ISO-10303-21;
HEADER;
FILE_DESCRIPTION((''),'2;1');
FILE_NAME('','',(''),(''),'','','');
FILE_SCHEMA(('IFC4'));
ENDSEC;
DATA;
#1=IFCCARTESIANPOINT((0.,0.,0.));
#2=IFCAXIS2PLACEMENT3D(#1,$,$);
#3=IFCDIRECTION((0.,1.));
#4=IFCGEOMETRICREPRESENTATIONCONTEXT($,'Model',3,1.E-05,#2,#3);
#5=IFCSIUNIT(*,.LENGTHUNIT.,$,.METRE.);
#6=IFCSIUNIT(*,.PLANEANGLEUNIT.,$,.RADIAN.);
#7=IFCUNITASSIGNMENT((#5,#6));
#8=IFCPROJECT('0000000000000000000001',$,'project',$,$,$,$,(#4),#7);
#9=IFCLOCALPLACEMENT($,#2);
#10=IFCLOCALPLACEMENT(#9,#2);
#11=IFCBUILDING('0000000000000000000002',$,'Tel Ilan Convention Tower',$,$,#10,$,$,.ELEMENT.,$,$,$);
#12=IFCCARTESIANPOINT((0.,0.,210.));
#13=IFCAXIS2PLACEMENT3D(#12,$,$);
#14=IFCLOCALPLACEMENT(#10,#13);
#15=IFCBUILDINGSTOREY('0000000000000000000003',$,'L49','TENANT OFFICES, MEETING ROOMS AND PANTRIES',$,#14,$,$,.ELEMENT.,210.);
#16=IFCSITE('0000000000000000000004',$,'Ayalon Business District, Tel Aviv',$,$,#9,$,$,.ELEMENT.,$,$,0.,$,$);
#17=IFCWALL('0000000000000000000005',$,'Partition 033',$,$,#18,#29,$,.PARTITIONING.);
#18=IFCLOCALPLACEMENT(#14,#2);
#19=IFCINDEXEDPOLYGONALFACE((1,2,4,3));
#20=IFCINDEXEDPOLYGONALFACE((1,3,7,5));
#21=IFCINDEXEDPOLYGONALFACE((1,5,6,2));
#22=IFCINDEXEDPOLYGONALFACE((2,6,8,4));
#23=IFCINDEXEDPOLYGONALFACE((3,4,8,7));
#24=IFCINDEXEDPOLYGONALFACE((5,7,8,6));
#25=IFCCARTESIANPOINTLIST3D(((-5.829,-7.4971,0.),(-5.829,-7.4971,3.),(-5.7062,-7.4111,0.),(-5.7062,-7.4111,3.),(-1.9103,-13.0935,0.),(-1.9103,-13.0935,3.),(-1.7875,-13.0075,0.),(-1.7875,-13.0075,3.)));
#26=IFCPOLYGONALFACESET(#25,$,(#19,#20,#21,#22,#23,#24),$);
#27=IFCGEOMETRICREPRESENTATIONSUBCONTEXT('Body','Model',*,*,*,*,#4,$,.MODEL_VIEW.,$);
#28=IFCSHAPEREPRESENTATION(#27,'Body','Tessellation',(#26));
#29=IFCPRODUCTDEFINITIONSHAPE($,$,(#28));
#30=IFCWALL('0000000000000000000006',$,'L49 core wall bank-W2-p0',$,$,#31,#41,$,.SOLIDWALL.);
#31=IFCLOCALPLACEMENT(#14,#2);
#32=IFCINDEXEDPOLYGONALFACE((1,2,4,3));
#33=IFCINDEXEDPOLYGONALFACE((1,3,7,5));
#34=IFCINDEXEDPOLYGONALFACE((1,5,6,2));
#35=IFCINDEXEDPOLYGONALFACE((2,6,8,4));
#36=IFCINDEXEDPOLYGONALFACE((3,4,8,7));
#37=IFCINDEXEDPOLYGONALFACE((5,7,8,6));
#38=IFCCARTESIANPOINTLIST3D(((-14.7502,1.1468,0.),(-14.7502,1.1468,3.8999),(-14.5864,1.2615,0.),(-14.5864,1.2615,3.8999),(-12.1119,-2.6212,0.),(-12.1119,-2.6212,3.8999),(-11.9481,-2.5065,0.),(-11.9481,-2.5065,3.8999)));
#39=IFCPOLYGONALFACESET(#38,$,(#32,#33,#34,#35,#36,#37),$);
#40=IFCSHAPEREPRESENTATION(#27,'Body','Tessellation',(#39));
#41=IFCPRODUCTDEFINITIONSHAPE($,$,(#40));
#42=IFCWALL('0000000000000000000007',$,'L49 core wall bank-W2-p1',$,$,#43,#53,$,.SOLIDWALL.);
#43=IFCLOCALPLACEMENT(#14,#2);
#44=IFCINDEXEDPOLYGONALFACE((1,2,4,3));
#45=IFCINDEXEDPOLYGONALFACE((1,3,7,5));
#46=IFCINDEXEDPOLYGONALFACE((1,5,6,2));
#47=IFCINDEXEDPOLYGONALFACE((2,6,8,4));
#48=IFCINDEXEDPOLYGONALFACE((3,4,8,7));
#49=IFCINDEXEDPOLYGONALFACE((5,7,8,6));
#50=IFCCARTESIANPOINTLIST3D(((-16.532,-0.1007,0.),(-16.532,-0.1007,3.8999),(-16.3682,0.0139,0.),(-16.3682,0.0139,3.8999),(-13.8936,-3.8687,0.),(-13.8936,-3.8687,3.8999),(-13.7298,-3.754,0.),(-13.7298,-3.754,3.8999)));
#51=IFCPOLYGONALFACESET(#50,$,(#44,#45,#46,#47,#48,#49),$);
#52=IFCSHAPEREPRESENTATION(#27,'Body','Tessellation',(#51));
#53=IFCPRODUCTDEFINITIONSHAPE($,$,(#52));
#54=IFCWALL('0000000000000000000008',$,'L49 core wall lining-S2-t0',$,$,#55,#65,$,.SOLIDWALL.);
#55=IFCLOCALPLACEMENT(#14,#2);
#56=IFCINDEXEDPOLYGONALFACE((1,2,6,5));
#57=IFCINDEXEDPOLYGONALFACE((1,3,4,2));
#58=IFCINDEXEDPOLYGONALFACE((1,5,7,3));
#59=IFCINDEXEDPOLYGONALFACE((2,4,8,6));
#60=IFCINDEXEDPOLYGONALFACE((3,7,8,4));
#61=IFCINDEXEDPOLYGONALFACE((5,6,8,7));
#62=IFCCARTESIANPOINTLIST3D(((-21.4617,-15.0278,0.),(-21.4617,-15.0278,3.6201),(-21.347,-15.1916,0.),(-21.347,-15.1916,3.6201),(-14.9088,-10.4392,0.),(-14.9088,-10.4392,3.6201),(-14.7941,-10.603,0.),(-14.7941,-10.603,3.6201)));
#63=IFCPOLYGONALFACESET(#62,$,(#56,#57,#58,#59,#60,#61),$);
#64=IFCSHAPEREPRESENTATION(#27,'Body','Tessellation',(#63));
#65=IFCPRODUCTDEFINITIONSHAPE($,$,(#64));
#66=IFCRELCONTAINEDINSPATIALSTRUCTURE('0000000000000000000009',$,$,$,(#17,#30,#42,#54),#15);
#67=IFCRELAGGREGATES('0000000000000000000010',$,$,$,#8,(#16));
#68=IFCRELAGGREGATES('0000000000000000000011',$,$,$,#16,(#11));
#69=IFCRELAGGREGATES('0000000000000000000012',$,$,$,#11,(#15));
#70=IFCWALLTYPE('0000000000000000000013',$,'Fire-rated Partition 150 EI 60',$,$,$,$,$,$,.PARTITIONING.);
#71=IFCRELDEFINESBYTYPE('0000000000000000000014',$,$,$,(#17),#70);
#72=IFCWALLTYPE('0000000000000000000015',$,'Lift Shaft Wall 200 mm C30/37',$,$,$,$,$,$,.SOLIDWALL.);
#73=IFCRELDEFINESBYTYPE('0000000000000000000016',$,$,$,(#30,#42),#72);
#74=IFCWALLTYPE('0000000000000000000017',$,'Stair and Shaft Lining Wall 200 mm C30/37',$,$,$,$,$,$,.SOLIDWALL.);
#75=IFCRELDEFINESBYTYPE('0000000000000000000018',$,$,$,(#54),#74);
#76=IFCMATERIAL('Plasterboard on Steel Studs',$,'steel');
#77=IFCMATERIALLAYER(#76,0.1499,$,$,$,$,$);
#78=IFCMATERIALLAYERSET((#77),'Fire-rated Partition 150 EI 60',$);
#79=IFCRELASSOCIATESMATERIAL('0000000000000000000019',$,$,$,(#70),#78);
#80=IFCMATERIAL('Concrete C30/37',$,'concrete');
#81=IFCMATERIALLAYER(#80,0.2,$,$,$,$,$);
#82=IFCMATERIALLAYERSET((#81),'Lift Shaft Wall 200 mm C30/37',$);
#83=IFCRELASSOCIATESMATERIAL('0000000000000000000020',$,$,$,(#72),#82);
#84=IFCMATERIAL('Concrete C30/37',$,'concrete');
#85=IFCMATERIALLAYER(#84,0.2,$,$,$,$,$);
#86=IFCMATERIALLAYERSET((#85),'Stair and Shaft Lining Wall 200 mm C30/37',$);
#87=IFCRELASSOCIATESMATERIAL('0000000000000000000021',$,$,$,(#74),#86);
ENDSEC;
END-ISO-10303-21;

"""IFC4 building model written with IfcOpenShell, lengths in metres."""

from ifc_helpers import new_model, si_unit, direction, frame, frame_2d, origin, place, context, subcontext, project, spatial, rectangle, extrude, material, layer, layer_set, type_object, element, save


model = new_model("IFC4")

# Units and contexts
model_context = context("Model", 3, precision=1e-05, world=origin(), true_north=direction((0.0, 1.0)))
body_context = subcontext(model_context, "Body", "Model", "MODEL_VIEW")
ifc_project = project(units=[si_unit("LENGTHUNIT", "METRE"), si_unit("PLANEANGLEUNIT", "RADIAN")], contexts=[model_context])

# Site, building, storey
site_placement = place(None, origin())
site = spatial("IfcSite", under=ifc_project, at=site_placement, Name="Ayalon Business District, Tel Aviv", CompositionType="ELEMENT", RefElevation=0.0)
building_placement = place(site_placement, origin())
building = spatial("IfcBuilding", under=site, at=building_placement, Name="Tel Ilan Convention Tower", CompositionType="ELEMENT")
storey_placement = place(building_placement, frame((0.0, 0.0, 210.0)))
storey = spatial("IfcBuildingStorey", under=building, at=storey_placement, Name="L49", Description="TENANT OFFICES, MEETING ROOMS AND PANTRIES", CompositionType="ELEMENT", Elevation=210.0)

# Shared definitions
ifc_material_1 = material(Name="Plasterboard on Steel Studs", Category="steel")
ifc_layer_1 = layer(ifc_material_1, 0.1499)
ifc_layer_set_1 = layer_set([ifc_layer_1], Name="Fire-rated Partition 150 EI 60")
wall_type_1 = type_object("IfcWallType", Name="Fire-rated Partition 150 EI 60", PredefinedType="PARTITIONING", material=ifc_layer_set_1)

# Walls
wall_1_placement = place(storey_placement, frame((-1.8489, -13.0505, 0.0), z_axis=(0.0, 0.0, 1.0), x_axis=(-0.57358, 0.81915, 0.0)))
element("IfcWall", 1, at=wall_1_placement, inside=storey, type_object=wall_type_1, Name="Partition 033", PredefinedType="PARTITIONING", context=body_context, shape_type="SweptSolid", body=[
    extrude(rectangle(XDim=6.832, YDim=0.1499, at=frame_2d((3.416, 0.0))), origin(), (0.0, 0.0, 1.0), 3.0),
])
ifc_material_2 = material(Name="Concrete C30/37", Category="concrete")
ifc_layer_2 = layer(ifc_material_2, 0.2)
ifc_layer_set_2 = layer_set([ifc_layer_2], Name="Lift Shaft Wall 200 mm C30/37")
wall_type_2 = type_object("IfcWallType", Name="Lift Shaft Wall 200 mm C30/37", PredefinedType="SOLIDWALL", material=ifc_layer_set_2)
for number, where, z_axis, x_axis, name in (
    (2, (-12.03, -2.5637, 0.0), (0.0, 0.0, 1.0), (-0.573576, 0.819152, 0.0), "L49 core wall bank-W2-p0"),
    (3, (-13.8118, -3.8113, 0.0), (0.0, 0.0, 1.0), (-0.573576, 0.819152, 0.0), "L49 core wall bank-W2-p1"),
):
    element("IfcWall", number, at=place(storey_placement, frame(where, z_axis=z_axis, x_axis=x_axis)), inside=storey, type_object=wall_type_2, Name=name, PredefinedType="SOLIDWALL", context=body_context, shape_type="SweptSolid", body=[
        extrude(rectangle(XDim=4.5999, YDim=0.2, at=frame_2d((2.2998, 0.0))), origin(), (0.0, 0.0, 1.0), 3.8999),
    ])
ifc_material_3 = material(Name="Concrete C30/37", Category="concrete")
ifc_layer_3 = layer(ifc_material_3, 0.2)
ifc_layer_set_3 = layer_set([ifc_layer_3], Name="Stair and Shaft Lining Wall 200 mm C30/37")
wall_type_3 = type_object("IfcWallType", Name="Stair and Shaft Lining Wall 200 mm C30/37", PredefinedType="SOLIDWALL", material=ifc_layer_set_3)
wall_2_placement = place(storey_placement, frame((-14.8513, -10.521, 0.0), z_axis=(0.0, 0.0, 1.0), x_axis=(-0.819142, -0.573591, 0.0)))
element("IfcWall", 4, at=wall_2_placement, inside=storey, type_object=wall_type_3, Name="L49 core wall lining-S2-t0", PredefinedType="SOLIDWALL", context=body_context, shape_type="SweptSolid", body=[
    extrude(rectangle(XDim=7.9998, YDim=0.2, at=frame_2d((4.0, 0.0))), origin(), (0.0, 0.0, 1.0), 3.6201),
])

save(model, "model.ifc")
